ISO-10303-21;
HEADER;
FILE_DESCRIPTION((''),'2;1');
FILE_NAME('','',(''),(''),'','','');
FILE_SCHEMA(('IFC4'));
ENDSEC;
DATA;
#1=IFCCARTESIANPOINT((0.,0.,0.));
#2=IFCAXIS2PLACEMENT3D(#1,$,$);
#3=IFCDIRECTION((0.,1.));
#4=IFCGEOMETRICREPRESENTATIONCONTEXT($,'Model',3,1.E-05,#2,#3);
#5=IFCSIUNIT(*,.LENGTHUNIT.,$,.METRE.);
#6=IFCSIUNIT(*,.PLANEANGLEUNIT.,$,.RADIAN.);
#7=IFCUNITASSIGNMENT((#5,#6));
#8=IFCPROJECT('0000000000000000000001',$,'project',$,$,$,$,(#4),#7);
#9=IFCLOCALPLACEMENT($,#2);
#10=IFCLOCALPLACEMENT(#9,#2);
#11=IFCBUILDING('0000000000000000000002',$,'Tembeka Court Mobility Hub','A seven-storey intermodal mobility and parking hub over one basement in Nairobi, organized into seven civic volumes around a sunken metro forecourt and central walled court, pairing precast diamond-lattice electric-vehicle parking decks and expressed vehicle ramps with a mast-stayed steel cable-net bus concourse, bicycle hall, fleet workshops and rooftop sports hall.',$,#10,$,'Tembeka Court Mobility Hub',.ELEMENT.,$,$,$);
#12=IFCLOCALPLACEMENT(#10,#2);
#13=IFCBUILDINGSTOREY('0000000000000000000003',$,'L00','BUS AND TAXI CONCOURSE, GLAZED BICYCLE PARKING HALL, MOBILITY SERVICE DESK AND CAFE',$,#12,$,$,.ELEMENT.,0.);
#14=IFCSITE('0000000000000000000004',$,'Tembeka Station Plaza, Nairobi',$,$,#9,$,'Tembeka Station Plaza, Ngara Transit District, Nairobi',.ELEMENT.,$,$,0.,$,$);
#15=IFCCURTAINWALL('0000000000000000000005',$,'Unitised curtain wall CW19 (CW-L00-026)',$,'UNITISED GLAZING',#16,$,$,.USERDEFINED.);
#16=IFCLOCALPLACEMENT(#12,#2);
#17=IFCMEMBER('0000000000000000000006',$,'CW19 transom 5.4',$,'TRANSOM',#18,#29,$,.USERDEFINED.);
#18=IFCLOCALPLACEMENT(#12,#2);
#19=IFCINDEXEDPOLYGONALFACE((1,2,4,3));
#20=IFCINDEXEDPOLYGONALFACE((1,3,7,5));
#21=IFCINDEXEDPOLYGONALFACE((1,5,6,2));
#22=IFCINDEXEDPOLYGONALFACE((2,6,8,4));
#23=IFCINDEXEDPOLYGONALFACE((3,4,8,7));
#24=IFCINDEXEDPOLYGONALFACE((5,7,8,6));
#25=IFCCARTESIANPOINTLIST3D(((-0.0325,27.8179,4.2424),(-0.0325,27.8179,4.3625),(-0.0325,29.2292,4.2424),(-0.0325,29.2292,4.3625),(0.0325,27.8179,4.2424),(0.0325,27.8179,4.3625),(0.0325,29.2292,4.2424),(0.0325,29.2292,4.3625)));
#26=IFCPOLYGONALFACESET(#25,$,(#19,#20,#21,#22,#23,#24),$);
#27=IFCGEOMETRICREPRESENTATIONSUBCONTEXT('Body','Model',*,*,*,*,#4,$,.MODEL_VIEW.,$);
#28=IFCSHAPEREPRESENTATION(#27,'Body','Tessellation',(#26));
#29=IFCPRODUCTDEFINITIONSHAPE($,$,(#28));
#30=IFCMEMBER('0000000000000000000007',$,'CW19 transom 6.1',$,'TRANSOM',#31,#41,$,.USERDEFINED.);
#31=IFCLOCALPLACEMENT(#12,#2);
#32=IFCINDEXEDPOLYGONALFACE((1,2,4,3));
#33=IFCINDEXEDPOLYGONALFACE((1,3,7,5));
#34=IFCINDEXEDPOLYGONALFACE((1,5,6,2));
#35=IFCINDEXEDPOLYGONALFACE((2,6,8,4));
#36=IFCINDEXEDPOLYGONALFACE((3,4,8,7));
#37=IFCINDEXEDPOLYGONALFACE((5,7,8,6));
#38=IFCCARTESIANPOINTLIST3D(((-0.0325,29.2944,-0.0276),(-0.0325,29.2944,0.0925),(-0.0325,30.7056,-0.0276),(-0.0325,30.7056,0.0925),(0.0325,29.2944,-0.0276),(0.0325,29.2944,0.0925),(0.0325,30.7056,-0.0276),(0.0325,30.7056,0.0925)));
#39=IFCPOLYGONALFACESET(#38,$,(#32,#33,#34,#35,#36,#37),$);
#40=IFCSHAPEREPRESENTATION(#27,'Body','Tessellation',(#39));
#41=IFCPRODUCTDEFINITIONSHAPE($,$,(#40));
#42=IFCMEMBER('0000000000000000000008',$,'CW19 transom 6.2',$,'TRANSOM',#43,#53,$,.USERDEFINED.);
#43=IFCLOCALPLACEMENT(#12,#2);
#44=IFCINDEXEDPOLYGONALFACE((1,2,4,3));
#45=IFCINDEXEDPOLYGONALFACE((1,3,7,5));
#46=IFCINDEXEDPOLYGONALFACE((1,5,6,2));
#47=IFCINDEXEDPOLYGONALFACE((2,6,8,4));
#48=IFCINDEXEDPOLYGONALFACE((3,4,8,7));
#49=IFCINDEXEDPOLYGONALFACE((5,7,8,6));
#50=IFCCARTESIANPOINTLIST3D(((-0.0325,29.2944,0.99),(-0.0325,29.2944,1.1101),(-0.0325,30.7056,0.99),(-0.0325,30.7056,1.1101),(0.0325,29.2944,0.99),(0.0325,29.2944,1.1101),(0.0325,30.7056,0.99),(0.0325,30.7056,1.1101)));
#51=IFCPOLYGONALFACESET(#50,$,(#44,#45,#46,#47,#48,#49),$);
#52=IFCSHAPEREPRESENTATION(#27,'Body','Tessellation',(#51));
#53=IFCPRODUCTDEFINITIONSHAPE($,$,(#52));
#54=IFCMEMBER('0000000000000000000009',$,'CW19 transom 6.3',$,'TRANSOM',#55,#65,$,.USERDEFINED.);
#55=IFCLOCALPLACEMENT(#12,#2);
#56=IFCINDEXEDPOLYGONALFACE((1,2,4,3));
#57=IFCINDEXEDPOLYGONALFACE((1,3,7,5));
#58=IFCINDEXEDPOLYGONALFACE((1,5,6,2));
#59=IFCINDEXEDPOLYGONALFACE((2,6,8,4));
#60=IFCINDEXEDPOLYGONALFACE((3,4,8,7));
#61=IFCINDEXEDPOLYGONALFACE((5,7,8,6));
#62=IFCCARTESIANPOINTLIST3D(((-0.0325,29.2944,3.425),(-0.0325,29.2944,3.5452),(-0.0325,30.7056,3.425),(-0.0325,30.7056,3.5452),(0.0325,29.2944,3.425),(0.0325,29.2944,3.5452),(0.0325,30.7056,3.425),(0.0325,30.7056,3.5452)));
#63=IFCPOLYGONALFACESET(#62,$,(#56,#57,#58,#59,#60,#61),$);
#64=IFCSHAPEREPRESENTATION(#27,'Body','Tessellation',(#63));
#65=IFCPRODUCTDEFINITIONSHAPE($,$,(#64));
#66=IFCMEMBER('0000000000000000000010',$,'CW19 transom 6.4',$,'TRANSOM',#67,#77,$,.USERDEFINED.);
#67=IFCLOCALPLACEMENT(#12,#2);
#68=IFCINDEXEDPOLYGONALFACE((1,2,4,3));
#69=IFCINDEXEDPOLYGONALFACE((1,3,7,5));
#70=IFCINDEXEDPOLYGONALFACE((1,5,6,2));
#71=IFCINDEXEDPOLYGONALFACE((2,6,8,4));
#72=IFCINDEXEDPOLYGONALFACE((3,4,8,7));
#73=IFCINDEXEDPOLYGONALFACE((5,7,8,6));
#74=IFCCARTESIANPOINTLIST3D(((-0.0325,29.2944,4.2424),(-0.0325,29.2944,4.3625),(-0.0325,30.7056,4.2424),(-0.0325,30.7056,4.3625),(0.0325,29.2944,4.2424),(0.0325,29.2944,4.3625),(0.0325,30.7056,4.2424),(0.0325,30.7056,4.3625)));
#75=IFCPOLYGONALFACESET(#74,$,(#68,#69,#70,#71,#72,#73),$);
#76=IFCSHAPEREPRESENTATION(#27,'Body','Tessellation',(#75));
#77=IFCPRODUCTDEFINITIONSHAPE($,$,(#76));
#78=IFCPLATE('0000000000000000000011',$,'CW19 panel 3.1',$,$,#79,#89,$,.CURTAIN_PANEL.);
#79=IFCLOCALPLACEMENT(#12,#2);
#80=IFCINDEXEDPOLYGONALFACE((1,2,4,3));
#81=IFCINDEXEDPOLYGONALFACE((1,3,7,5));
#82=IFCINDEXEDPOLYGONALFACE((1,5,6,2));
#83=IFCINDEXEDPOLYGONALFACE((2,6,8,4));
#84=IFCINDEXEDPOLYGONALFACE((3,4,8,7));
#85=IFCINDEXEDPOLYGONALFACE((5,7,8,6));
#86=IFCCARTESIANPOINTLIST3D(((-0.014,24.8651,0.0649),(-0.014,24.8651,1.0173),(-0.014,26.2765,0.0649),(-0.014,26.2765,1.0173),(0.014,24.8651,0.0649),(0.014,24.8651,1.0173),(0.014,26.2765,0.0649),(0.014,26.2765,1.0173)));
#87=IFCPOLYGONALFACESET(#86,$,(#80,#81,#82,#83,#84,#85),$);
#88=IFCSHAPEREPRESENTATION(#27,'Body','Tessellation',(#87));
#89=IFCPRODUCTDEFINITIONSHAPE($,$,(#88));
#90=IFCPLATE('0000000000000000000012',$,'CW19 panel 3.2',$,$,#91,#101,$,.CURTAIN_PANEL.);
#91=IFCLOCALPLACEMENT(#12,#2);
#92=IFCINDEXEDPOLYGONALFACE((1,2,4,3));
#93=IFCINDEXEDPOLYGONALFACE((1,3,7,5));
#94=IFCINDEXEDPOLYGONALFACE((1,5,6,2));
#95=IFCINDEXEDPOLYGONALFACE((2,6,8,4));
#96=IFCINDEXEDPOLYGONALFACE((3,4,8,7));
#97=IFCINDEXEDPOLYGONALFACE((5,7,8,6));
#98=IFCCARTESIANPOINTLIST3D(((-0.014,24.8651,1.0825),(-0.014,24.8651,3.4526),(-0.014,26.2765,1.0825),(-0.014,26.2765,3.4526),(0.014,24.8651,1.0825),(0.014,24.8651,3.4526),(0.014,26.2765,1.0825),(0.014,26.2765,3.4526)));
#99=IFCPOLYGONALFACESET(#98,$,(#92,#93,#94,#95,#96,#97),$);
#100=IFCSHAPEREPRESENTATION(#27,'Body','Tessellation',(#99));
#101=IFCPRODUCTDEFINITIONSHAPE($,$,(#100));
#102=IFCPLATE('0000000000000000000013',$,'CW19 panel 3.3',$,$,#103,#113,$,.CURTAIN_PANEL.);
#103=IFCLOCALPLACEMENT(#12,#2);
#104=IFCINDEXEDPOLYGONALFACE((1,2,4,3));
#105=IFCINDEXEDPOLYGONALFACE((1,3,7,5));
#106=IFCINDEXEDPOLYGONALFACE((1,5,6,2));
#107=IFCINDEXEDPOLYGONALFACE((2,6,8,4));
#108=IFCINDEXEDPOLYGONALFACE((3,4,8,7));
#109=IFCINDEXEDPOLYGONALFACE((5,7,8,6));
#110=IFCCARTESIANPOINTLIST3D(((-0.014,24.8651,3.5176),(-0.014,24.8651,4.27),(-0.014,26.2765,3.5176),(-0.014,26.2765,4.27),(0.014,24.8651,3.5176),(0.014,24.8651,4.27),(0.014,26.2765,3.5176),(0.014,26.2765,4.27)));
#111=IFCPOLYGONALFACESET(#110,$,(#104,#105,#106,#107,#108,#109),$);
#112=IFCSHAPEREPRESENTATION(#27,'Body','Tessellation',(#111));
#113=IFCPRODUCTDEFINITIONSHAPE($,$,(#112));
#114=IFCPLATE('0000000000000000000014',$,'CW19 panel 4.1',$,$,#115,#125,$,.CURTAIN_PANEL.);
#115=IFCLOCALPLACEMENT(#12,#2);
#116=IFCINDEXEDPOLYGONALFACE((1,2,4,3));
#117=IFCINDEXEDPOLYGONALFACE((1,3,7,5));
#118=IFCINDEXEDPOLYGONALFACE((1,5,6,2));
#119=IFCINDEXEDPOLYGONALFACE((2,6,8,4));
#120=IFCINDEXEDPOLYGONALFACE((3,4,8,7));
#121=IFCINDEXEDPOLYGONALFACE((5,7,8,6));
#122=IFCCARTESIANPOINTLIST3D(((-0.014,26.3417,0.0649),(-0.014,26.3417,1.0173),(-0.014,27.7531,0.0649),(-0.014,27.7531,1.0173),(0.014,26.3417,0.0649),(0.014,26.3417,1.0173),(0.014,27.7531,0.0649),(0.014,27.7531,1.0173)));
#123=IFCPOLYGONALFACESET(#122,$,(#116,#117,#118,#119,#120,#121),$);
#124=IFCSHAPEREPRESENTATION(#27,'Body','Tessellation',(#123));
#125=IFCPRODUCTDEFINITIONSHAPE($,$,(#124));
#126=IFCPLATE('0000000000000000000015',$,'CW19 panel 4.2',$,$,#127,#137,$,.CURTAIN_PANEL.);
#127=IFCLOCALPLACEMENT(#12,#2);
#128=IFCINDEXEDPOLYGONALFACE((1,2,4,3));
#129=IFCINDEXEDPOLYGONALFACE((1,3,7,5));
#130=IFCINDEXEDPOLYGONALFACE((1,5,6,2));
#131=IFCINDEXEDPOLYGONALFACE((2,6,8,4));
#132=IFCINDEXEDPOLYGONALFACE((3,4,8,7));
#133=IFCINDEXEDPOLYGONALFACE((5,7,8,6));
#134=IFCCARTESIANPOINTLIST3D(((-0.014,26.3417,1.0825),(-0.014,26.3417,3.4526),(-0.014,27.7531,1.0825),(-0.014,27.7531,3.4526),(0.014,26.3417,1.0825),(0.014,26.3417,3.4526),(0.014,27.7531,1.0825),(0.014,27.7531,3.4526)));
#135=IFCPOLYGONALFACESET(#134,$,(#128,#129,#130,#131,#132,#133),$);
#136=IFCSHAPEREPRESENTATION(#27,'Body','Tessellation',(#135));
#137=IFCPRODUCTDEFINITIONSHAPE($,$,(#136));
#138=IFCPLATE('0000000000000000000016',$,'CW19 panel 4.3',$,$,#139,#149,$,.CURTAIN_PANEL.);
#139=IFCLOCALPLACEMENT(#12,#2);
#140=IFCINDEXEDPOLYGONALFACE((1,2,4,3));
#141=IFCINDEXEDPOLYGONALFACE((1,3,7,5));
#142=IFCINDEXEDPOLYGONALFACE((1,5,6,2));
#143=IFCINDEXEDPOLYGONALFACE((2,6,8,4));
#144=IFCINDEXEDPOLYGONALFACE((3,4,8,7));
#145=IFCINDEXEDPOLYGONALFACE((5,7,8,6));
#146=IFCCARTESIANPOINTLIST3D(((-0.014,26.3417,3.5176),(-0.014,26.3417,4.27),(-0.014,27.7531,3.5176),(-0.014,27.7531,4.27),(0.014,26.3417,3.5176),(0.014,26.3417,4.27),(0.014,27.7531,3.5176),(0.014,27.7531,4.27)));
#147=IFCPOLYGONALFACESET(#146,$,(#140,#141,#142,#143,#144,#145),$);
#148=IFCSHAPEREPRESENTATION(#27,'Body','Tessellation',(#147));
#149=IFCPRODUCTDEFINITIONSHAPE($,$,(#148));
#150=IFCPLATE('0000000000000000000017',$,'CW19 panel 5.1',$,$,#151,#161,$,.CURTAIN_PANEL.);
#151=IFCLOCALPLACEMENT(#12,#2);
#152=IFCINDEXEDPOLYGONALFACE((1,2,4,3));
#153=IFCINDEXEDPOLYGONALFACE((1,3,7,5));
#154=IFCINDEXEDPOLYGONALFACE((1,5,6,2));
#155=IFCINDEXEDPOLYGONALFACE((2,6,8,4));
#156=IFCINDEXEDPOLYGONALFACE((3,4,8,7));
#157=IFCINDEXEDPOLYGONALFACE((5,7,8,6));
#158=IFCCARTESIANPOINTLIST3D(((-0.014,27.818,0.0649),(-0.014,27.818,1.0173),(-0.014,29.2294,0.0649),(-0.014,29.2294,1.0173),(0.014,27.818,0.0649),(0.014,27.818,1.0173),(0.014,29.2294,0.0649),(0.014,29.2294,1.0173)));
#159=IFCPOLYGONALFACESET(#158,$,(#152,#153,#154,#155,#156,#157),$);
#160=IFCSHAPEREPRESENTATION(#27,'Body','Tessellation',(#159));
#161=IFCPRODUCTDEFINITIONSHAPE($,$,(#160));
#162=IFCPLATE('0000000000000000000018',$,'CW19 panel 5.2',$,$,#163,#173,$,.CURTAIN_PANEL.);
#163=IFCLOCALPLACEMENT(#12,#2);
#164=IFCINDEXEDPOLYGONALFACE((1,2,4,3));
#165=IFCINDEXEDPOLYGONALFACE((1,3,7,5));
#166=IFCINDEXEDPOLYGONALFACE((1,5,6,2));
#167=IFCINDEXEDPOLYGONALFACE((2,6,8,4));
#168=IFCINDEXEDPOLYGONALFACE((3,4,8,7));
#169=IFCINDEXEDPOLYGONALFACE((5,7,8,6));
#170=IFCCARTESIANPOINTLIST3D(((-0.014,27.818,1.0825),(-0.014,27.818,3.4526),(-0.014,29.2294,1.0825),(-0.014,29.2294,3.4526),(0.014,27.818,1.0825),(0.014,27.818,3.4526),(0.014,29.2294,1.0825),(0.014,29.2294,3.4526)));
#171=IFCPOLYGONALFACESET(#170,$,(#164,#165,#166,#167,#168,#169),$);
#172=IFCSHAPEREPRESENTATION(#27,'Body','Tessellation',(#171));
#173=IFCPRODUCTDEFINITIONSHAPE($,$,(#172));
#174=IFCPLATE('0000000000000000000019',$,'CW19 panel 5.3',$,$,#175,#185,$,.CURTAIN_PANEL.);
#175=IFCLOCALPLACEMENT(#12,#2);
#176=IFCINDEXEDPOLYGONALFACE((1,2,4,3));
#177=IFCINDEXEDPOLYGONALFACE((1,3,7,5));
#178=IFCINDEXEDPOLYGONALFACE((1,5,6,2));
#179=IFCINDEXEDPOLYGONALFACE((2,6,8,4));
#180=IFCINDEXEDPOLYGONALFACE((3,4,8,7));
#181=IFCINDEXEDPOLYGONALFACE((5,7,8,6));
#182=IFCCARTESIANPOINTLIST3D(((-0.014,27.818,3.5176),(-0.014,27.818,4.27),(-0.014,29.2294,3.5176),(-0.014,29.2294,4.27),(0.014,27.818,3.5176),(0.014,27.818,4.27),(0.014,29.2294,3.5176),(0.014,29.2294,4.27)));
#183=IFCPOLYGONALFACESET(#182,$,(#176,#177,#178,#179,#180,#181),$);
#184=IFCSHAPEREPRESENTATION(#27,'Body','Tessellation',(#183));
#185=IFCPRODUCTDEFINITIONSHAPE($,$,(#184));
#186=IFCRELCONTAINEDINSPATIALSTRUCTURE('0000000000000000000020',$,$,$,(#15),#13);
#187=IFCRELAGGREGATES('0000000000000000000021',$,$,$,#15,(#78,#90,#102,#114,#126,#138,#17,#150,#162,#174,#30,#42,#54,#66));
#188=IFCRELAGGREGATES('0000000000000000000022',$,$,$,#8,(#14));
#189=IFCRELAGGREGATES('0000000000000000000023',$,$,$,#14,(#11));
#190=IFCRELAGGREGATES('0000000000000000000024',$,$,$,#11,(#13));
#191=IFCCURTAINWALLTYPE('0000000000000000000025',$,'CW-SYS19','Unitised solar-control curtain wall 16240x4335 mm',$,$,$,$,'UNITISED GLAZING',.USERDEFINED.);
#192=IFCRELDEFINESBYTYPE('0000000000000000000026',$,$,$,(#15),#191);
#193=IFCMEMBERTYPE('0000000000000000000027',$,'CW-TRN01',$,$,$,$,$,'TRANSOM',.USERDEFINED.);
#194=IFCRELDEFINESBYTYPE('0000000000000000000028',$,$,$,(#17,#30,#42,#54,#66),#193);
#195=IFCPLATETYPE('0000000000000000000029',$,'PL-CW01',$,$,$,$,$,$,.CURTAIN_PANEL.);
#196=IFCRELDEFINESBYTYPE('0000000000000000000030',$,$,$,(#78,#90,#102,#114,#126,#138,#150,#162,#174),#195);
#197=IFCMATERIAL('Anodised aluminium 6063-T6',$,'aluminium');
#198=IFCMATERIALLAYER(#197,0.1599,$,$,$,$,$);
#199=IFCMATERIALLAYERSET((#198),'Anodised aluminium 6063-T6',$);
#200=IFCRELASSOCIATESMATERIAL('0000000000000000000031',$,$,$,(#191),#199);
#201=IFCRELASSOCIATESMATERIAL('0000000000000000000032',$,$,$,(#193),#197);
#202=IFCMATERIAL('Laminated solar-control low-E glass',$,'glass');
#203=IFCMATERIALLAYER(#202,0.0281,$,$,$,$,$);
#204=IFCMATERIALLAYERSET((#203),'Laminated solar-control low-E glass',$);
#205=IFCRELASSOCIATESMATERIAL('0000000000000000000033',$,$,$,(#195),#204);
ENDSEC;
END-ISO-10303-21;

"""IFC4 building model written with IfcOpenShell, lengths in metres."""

from ifc_helpers import new_model, si_unit, direction, frame, origin, origin_2d, place, context, subcontext, project, spatial, rectangle, extrude, material, layer, layer_set, material_profile, profile_set, type_object, element, aggregate, save


model = new_model("IFC4")

# Units and contexts
model_context = context("Model", 3, precision=1e-05, world=origin(), true_north=direction((0.0, 1.0)))
body_context = subcontext(model_context, "Body", "Model", "MODEL_VIEW")
ifc_project = project(units=[si_unit("LENGTHUNIT", "METRE"), si_unit("PLANEANGLEUNIT", "RADIAN")], contexts=[model_context])

# Site, building, storey
site_placement = place(None, origin())
site = spatial("IfcSite", under=ifc_project, at=site_placement, Name="Tembeka Station Plaza, Nairobi", LongName="Tembeka Station Plaza, Ngara Transit District, Nairobi", CompositionType="ELEMENT", RefElevation=0.0)
building_placement = place(site_placement, origin())
building = spatial("IfcBuilding", under=site, at=building_placement, Name="Tembeka Court Mobility Hub", Description="A seven-storey intermodal mobility and parking hub over one basement in Nairobi, organized into seven civic volumes around a sunken metro forecourt and central walled court, pairing precast diamond-lattice electric-vehicle parking decks and expressed vehicle ramps with a mast-stayed steel cable-net bus concourse, bicycle hall, fleet workshops and rooftop sports hall.", LongName="Tembeka Court Mobility Hub", CompositionType="ELEMENT")
storey_placement = place(building_placement, origin())
storey = spatial("IfcBuildingStorey", under=building, at=storey_placement, Name="L00", Description="BUS AND TAXI CONCOURSE, GLAZED BICYCLE PARKING HALL, MOBILITY SERVICE DESK AND CAFE", CompositionType="ELEMENT", Elevation=0.0)

# Curtain wall, members, plates
ifc_material_1 = material(Name="Anodised aluminium 6063-T6", Category="aluminium")
ifc_layer_1 = layer(ifc_material_1, 0.1599)
ifc_layer_set_1 = layer_set([ifc_layer_1], Name="Anodised aluminium 6063-T6")
curtain_wall_type = type_object("IfcCurtainWallType", Name="CW-SYS19", Description="Unitised solar-control curtain wall 16240x4335 mm", ElementType="UNITISED GLAZING", PredefinedType="USERDEFINED", material=ifc_layer_set_1)
curtain_wall_placement = place(storey_placement, origin())
curtain_wall = element("IfcCurtainWall", 1, at=curtain_wall_placement, inside=storey, type_object=curtain_wall_type, Name="Unitised curtain wall CW19 (CW-L00-026)", ObjectType="UNITISED GLAZING", PredefinedType="USERDEFINED")
ifc_material_profile_1 = material_profile(ifc_material_1, rectangle(XDim=0.0649, YDim=0.1201, at=origin_2d()), Name="ALU-TRN 65x120")
ifc_profile_set_1 = profile_set([ifc_material_profile_1], Name="Anodised aluminium 6063-T6")
member_type_1 = type_object("IfcMemberType", Name="CW-TRN01", ElementType="TRANSOM", PredefinedType="USERDEFINED", material=ifc_profile_set_1)
member_1_placement = place(storey_placement, frame((0.0, 27.8179, 4.3025), z_axis=(0.0, 1.0, 0.0), x_axis=(-1.0, 0.0, 0.0)))
member_1 = element("IfcMember", 2, at=member_1_placement, type_object=member_type_1, Name="CW19 transom 5.4", ObjectType="TRANSOM", PredefinedType="USERDEFINED", context=body_context, shape_type="SweptSolid", body=[
    extrude(rectangle(XDim=0.0649, YDim=0.1201, at=origin_2d()), origin(), (0.0, 0.0, 1.0), 1.4114),
])
member_2_placement = place(storey_placement, frame((0.0, 29.2944, 0.0325), z_axis=(0.0, 1.0, 0.0), x_axis=(-1.0, 0.0, 0.0)))
member_2 = element("IfcMember", 3, at=member_2_placement, type_object=member_type_1, Name="CW19 transom 6.1", ObjectType="TRANSOM", PredefinedType="USERDEFINED", context=body_context, shape_type="SweptSolid", body=[
    extrude(rectangle(XDim=0.0649, YDim=0.1201, at=origin_2d()), origin(), (0.0, 0.0, 1.0), 1.4111),
])
member_3_placement = place(storey_placement, frame((0.0, 29.2944, 1.05), z_axis=(0.0, 1.0, 0.0), x_axis=(-1.0, 0.0, 0.0)))
member_3 = element("IfcMember", 4, at=member_3_placement, type_object=member_type_1, Name="CW19 transom 6.2", ObjectType="TRANSOM", PredefinedType="USERDEFINED", context=body_context, shape_type="SweptSolid", body=[
    extrude(rectangle(XDim=0.0649, YDim=0.1201, at=origin_2d()), origin(), (0.0, 0.0, 1.0), 1.4111),
])
member_4_placement = place(storey_placement, frame((0.0, 29.2944, 3.4851), z_axis=(0.0, 1.0, 0.0), x_axis=(-1.0, 0.0, 0.0)))
member_4 = element("IfcMember", 5, at=member_4_placement, type_object=member_type_1, Name="CW19 transom 6.3", ObjectType="TRANSOM", PredefinedType="USERDEFINED", context=body_context, shape_type="SweptSolid", body=[
    extrude(rectangle(XDim=0.0649, YDim=0.1201, at=origin_2d()), origin(), (0.0, 0.0, 1.0), 1.4111),
])
member_5_placement = place(storey_placement, frame((0.0, 29.2944, 4.3025), z_axis=(0.0, 1.0, 0.0), x_axis=(-1.0, 0.0, 0.0)))
member_5 = element("IfcMember", 6, at=member_5_placement, type_object=member_type_1, Name="CW19 transom 6.4", ObjectType="TRANSOM", PredefinedType="USERDEFINED", context=body_context, shape_type="SweptSolid", body=[
    extrude(rectangle(XDim=0.0649, YDim=0.1201, at=origin_2d()), origin(), (0.0, 0.0, 1.0), 1.4111),
])
ifc_material_2 = material(Name="Laminated solar-control low-E glass", Category="glass")
ifc_layer_2 = layer(ifc_material_2, 0.0281)
ifc_layer_set_2 = layer_set([ifc_layer_2], Name="Laminated solar-control low-E glass")
plate_type = type_object("IfcPlateType", Name="PL-CW01", PredefinedType="CURTAIN_PANEL", material=ifc_layer_set_2)
plate_1_placement = place(storey_placement, frame((0.0, 25.5708, 0.0649), z_axis=(0.0, 0.0, 1.0), x_axis=(0.0, 1.0, 0.0)))
plate_1 = element("IfcPlate", 7, at=plate_1_placement, type_object=plate_type, Name="CW19 panel 3.1", PredefinedType="CURTAIN_PANEL", context=body_context, shape_type="SweptSolid", body=[
    extrude(rectangle(XDim=1.4114, YDim=0.0281, at=origin_2d()), origin(), (0.0, 0.0, 1.0), 0.9524),
])
plate_2_placement = place(storey_placement, frame((0.0, 25.5708, 1.0825), z_axis=(0.0, 0.0, 1.0), x_axis=(0.0, 1.0, 0.0)))
plate_2 = element("IfcPlate", 8, at=plate_2_placement, type_object=plate_type, Name="CW19 panel 3.2", PredefinedType="CURTAIN_PANEL", context=body_context, shape_type="SweptSolid", body=[
    extrude(rectangle(XDim=1.4114, YDim=0.0281, at=origin_2d()), origin(), (0.0, 0.0, 1.0), 2.3701),
])
plate_3_placement = place(storey_placement, frame((0.0, 25.5708, 3.5176), z_axis=(0.0, 0.0, 1.0), x_axis=(0.0, 1.0, 0.0)))
plate_3 = element("IfcPlate", 9, at=plate_3_placement, type_object=plate_type, Name="CW19 panel 3.3", PredefinedType="CURTAIN_PANEL", context=body_context, shape_type="SweptSolid", body=[
    extrude(rectangle(XDim=1.4114, YDim=0.0281, at=origin_2d()), origin(), (0.0, 0.0, 1.0), 0.7524),
])
plate_4_placement = place(storey_placement, frame((0.0, 27.0474, 0.0649), z_axis=(0.0, 0.0, 1.0), x_axis=(0.0, 1.0, 0.0)))
plate_4 = element("IfcPlate", 10, at=plate_4_placement, type_object=plate_type, Name="CW19 panel 4.1", PredefinedType="CURTAIN_PANEL", context=body_context, shape_type="SweptSolid", body=[
    extrude(rectangle(XDim=1.4114, YDim=0.0281, at=origin_2d()), origin(), (0.0, 0.0, 1.0), 0.9524),
])
plate_5_placement = place(storey_placement, frame((0.0, 27.0474, 1.0825), z_axis=(0.0, 0.0, 1.0), x_axis=(0.0, 1.0, 0.0)))
plate_5 = element("IfcPlate", 11, at=plate_5_placement, type_object=plate_type, Name="CW19 panel 4.2", PredefinedType="CURTAIN_PANEL", context=body_context, shape_type="SweptSolid", body=[
    extrude(rectangle(XDim=1.4114, YDim=0.0281, at=origin_2d()), origin(), (0.0, 0.0, 1.0), 2.3701),
])
plate_6_placement = place(storey_placement, frame((0.0, 27.0474, 3.5176), z_axis=(0.0, 0.0, 1.0), x_axis=(0.0, 1.0, 0.0)))
plate_6 = element("IfcPlate", 12, at=plate_6_placement, type_object=plate_type, Name="CW19 panel 4.3", PredefinedType="CURTAIN_PANEL", context=body_context, shape_type="SweptSolid", body=[
    extrude(rectangle(XDim=1.4114, YDim=0.0281, at=origin_2d()), origin(), (0.0, 0.0, 1.0), 0.7524),
])
plate_7_placement = place(storey_placement, frame((0.0, 28.5237, 0.0649), z_axis=(0.0, 0.0, 1.0), x_axis=(0.0, 1.0, 0.0)))
plate_7 = element("IfcPlate", 13, at=plate_7_placement, type_object=plate_type, Name="CW19 panel 5.1", PredefinedType="CURTAIN_PANEL", context=body_context, shape_type="SweptSolid", body=[
    extrude(rectangle(XDim=1.4114, YDim=0.0281, at=origin_2d()), origin(), (0.0, 0.0, 1.0), 0.9524),
])
plate_8_placement = place(storey_placement, frame((0.0, 28.5237, 1.0825), z_axis=(0.0, 0.0, 1.0), x_axis=(0.0, 1.0, 0.0)))
plate_8 = element("IfcPlate", 14, at=plate_8_placement, type_object=plate_type, Name="CW19 panel 5.2", PredefinedType="CURTAIN_PANEL", context=body_context, shape_type="SweptSolid", body=[
    extrude(rectangle(XDim=1.4114, YDim=0.0281, at=origin_2d()), origin(), (0.0, 0.0, 1.0), 2.3701),
])
plate_9_placement = place(storey_placement, frame((0.0, 28.5237, 3.5176), z_axis=(0.0, 0.0, 1.0), x_axis=(0.0, 1.0, 0.0)))
plate_9 = element("IfcPlate", 15, at=plate_9_placement, type_object=plate_type, Name="CW19 panel 5.3", PredefinedType="CURTAIN_PANEL", context=body_context, shape_type="SweptSolid", body=[
    extrude(rectangle(XDim=1.4114, YDim=0.0281, at=origin_2d()), origin(), (0.0, 0.0, 1.0), 0.7524),
])
aggregate(curtain_wall, [plate_1, plate_2, plate_3, plate_4, plate_5, plate_6, member_1, plate_7, plate_8, plate_9, member_2, member_3, member_4, member_5])

save(model, "model.ifc")
